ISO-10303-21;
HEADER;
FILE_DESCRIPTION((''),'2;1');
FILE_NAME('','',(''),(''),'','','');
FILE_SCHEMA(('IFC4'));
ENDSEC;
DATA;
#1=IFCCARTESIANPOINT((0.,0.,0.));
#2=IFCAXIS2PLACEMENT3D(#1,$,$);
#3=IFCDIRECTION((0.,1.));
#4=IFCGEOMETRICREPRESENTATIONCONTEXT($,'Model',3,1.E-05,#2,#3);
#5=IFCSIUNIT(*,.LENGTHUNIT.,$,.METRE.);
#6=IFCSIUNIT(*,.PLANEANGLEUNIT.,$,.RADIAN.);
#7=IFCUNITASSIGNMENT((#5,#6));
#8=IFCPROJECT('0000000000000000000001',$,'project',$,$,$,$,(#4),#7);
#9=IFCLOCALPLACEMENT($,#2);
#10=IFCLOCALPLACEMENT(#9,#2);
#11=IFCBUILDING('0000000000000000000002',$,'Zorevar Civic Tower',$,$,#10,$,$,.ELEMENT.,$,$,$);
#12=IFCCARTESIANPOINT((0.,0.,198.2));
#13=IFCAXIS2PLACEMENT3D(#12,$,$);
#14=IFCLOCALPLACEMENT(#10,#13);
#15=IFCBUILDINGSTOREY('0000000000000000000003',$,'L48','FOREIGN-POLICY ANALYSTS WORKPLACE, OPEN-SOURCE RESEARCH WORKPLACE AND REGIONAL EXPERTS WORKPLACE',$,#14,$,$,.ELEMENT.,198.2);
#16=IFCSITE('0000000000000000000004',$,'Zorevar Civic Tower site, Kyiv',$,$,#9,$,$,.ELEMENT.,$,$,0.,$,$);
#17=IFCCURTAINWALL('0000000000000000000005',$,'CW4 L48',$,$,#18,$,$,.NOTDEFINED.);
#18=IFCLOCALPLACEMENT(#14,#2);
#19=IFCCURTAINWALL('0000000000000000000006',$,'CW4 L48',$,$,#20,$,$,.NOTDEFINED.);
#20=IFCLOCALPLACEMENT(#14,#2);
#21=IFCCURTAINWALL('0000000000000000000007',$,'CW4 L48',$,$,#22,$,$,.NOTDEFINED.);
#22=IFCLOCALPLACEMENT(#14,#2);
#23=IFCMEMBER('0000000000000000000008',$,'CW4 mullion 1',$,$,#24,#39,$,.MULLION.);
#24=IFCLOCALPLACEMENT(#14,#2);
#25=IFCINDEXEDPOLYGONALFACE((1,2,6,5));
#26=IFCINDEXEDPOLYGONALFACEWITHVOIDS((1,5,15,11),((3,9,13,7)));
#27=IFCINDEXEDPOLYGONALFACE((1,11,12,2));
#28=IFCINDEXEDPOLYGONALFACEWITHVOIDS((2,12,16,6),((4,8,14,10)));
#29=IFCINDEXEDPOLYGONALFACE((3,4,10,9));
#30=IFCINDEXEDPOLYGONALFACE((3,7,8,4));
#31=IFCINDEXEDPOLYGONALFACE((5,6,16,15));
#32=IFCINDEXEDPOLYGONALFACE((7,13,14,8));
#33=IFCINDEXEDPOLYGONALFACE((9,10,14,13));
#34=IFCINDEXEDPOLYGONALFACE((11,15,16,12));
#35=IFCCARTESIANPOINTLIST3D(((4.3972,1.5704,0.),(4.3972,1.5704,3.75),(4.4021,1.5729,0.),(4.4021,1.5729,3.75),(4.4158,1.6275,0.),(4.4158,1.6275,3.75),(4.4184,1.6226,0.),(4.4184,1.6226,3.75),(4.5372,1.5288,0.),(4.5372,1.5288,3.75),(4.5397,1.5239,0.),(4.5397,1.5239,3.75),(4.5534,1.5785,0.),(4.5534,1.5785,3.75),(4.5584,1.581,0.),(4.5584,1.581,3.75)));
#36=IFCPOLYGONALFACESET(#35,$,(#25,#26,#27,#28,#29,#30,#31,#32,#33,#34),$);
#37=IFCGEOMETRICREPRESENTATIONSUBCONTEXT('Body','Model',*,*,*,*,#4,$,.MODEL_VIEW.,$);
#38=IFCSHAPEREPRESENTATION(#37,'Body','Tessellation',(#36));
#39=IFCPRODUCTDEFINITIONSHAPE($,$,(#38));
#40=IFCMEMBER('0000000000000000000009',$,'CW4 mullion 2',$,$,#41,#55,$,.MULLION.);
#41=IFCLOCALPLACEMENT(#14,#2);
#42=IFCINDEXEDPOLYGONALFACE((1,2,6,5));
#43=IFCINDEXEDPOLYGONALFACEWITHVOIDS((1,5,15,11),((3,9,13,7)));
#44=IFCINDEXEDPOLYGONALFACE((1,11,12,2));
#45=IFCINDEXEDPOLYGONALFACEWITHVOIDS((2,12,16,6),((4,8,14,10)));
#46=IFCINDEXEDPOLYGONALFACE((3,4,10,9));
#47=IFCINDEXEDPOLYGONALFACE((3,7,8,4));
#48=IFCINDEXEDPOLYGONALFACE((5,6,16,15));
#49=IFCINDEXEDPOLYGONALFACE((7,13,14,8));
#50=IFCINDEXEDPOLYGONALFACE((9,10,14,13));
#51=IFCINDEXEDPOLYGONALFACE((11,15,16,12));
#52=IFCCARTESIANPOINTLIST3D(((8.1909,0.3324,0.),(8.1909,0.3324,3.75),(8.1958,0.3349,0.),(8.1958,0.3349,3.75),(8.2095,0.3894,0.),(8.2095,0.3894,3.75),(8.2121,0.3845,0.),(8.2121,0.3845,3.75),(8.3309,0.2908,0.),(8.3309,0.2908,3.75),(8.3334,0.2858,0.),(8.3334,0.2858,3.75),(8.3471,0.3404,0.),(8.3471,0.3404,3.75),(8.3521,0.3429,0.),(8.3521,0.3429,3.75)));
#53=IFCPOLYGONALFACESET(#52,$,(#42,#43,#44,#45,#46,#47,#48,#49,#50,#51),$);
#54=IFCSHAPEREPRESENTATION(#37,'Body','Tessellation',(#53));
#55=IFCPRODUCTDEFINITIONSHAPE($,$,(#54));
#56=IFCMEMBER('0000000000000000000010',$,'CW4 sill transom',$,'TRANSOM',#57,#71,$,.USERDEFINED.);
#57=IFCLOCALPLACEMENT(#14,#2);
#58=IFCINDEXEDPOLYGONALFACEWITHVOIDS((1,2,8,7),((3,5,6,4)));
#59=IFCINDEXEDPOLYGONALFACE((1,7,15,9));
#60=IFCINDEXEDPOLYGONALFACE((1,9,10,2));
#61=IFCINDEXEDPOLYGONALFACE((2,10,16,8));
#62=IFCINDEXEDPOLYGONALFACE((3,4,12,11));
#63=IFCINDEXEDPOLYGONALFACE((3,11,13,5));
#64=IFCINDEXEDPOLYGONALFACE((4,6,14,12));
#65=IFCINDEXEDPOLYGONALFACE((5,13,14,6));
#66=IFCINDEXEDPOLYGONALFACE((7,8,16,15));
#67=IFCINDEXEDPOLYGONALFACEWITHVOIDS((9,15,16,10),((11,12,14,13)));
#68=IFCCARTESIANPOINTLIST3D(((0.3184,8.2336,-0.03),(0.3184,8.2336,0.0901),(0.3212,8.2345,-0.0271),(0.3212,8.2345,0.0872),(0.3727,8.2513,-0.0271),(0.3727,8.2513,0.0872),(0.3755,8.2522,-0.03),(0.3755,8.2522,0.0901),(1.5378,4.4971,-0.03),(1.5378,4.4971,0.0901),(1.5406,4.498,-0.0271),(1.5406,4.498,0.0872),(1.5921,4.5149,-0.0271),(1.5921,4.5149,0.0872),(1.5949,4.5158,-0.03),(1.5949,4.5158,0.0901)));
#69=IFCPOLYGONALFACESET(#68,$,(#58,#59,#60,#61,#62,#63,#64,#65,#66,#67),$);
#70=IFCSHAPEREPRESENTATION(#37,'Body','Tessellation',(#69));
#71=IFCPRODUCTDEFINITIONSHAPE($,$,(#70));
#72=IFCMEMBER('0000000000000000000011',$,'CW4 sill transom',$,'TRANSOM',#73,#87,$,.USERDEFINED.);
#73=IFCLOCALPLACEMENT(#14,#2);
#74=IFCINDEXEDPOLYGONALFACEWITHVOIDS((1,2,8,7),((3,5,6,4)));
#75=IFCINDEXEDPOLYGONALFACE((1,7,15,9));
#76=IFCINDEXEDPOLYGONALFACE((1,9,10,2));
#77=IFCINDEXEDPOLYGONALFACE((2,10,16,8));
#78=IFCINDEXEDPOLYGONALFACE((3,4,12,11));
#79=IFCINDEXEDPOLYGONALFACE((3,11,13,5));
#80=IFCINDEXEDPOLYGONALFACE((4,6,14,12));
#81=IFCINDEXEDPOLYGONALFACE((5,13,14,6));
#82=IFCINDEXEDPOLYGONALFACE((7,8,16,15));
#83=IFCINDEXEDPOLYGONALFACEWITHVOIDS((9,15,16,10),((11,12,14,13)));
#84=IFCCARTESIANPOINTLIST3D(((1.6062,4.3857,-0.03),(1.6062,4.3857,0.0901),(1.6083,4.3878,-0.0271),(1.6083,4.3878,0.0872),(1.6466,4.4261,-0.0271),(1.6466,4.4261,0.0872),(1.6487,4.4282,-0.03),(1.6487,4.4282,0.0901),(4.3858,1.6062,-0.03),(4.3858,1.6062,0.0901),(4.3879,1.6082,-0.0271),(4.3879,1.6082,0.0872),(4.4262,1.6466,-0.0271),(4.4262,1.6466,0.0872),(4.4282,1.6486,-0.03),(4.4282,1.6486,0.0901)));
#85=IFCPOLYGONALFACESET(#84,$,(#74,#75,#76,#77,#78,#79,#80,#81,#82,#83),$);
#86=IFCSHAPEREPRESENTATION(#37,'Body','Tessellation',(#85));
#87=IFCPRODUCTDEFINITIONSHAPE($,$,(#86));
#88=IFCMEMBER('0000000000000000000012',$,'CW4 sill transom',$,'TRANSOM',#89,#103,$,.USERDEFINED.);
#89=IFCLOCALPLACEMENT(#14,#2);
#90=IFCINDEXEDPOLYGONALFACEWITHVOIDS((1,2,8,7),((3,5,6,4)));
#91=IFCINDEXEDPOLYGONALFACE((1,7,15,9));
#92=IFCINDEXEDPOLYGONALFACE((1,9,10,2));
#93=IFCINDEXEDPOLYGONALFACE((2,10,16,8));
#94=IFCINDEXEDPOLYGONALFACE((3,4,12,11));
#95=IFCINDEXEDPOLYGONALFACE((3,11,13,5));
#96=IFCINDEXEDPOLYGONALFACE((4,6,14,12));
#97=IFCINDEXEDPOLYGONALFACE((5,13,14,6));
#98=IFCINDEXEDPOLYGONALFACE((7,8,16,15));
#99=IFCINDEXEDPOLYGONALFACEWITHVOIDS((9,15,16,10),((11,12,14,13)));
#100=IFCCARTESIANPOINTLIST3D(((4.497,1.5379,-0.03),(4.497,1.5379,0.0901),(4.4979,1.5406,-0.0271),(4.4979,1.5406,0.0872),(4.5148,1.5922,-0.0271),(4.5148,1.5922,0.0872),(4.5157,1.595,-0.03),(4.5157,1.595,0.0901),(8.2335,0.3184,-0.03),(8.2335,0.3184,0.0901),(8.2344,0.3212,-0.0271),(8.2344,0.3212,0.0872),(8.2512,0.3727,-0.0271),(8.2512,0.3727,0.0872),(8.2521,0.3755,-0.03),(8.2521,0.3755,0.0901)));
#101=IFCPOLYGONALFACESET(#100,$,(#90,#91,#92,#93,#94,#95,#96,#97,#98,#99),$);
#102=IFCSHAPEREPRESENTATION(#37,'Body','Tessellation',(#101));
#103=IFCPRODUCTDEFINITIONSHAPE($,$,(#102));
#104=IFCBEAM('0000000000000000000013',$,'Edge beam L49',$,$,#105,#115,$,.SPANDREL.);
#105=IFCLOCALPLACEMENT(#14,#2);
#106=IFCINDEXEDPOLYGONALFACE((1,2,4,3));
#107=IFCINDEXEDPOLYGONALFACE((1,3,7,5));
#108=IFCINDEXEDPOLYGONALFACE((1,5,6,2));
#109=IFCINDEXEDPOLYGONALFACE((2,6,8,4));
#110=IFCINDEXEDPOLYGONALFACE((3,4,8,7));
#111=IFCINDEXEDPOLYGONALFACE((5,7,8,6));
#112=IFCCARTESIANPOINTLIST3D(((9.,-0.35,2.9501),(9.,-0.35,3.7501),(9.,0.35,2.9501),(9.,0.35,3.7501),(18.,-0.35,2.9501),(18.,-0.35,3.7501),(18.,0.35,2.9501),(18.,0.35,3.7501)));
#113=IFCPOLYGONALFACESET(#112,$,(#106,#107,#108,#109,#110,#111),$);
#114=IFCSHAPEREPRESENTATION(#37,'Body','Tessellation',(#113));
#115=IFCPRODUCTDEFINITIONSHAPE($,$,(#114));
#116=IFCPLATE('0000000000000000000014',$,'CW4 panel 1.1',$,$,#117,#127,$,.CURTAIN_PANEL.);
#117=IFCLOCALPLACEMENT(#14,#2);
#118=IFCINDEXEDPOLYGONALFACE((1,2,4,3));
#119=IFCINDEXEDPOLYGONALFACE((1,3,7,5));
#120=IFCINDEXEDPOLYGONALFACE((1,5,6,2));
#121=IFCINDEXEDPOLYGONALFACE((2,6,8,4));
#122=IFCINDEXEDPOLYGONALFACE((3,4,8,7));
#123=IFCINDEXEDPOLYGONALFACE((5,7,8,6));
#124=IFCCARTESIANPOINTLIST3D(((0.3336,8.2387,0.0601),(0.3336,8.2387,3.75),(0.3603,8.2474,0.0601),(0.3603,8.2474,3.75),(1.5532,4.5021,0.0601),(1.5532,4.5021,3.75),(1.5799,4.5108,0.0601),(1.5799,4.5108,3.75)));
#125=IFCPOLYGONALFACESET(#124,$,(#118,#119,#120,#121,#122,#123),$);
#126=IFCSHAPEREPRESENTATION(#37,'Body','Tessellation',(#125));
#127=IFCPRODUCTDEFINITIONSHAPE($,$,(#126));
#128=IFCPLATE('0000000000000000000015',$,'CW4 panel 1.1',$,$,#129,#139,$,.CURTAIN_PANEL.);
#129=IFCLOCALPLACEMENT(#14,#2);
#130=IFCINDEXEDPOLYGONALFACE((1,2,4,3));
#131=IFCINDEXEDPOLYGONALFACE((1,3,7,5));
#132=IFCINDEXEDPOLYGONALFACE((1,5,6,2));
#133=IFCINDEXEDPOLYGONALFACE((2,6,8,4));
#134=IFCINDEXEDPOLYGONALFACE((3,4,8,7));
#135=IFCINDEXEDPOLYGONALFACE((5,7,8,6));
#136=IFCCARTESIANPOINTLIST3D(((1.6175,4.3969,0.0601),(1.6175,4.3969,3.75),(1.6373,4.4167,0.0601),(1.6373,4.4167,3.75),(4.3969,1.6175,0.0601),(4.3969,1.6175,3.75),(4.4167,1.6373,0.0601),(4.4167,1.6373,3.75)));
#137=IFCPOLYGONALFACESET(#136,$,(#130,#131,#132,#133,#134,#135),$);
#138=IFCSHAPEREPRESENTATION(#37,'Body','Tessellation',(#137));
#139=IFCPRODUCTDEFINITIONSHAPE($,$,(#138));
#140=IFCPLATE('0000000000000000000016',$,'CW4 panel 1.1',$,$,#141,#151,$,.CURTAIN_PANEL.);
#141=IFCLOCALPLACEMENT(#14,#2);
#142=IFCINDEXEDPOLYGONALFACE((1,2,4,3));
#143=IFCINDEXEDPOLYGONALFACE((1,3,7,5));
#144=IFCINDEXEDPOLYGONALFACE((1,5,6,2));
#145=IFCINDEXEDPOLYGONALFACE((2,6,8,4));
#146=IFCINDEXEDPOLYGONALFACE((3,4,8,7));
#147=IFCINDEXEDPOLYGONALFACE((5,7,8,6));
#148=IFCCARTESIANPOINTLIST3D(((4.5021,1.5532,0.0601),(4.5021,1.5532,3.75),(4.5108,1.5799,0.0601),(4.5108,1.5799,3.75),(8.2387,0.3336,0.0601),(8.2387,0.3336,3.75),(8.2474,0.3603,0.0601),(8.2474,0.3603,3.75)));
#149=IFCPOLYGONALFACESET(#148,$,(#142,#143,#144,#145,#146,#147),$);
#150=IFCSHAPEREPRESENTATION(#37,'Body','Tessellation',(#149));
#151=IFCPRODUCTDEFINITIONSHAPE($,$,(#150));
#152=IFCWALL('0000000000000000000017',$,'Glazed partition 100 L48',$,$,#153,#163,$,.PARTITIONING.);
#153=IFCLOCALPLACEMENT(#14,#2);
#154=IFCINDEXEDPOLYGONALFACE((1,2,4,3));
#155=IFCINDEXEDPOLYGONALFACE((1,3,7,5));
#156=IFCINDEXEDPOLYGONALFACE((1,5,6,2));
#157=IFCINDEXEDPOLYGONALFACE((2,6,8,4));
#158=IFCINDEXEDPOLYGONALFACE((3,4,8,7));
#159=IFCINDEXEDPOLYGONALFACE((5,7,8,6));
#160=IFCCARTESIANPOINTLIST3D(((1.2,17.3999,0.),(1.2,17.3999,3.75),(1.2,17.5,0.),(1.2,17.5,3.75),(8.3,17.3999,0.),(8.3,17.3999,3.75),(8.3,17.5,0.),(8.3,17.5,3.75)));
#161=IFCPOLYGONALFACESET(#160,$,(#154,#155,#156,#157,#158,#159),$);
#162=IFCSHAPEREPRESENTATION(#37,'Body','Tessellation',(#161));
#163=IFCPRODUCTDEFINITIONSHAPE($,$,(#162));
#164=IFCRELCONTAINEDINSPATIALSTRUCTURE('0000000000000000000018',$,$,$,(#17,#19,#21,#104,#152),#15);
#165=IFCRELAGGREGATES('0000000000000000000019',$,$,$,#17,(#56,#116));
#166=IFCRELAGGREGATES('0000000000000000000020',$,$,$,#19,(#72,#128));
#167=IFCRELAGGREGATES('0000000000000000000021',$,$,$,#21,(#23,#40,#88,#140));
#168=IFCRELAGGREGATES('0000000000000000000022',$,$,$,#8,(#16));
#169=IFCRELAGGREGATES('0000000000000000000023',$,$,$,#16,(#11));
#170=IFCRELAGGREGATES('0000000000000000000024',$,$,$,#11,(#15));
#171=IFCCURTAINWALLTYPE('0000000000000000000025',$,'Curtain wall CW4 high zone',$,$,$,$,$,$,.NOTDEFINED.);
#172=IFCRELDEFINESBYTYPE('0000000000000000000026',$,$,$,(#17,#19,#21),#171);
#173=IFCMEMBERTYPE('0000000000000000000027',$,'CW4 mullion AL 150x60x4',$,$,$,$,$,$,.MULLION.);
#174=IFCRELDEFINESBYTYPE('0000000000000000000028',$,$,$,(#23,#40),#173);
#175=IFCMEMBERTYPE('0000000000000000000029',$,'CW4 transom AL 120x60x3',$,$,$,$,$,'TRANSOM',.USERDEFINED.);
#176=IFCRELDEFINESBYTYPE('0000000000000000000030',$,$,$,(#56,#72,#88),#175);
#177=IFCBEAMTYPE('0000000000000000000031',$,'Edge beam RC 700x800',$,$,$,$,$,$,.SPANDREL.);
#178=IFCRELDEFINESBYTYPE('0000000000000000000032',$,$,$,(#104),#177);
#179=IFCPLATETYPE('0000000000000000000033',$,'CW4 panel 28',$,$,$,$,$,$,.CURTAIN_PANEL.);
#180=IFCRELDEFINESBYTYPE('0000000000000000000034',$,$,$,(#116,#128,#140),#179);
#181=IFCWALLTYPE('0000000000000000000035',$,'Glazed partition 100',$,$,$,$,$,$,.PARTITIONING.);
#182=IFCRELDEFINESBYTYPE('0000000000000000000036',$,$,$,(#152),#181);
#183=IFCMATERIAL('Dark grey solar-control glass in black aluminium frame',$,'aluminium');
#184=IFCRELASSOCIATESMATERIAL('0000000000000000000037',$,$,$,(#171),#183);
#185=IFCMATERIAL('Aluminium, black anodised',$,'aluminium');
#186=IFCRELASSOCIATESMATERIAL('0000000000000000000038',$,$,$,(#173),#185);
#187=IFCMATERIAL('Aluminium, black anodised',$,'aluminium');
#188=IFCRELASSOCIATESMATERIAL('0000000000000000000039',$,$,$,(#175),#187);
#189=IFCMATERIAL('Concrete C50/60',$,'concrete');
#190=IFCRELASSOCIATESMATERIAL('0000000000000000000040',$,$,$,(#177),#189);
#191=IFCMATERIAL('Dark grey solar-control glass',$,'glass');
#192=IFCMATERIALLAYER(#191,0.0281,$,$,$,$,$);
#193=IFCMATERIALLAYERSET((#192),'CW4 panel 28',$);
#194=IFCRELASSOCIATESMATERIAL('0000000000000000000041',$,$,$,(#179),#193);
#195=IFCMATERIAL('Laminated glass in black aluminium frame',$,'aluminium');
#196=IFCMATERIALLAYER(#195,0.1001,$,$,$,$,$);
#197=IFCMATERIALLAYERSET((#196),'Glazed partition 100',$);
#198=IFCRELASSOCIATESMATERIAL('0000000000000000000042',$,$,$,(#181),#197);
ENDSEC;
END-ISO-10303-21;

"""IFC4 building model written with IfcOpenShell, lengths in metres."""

from ifc_helpers import new_model, si_unit, direction, frame, frame_2d, origin, origin_2d, place, context, subcontext, project, spatial, rectangle, hollow_rectangle, extrude, material, layer, layer_set, material_profile, profile_set, type_object, element, aggregate, save


model = new_model("IFC4")

# Units and contexts
model_context = context("Model", 3, precision=1e-05, world=origin(), true_north=direction((0.0, 1.0)))
body_context = subcontext(model_context, "Body", "Model", "MODEL_VIEW")
ifc_project = project(units=[si_unit("LENGTHUNIT", "METRE"), si_unit("PLANEANGLEUNIT", "RADIAN")], contexts=[model_context])

# Site, building, storey
site_placement = place(None, origin())
site = spatial("IfcSite", under=ifc_project, at=site_placement, Name="Zorevar Civic Tower site, Kyiv", CompositionType="ELEMENT", RefElevation=0.0)
building_placement = place(site_placement, origin())
building = spatial("IfcBuilding", under=site, at=building_placement, Name="Zorevar Civic Tower", CompositionType="ELEMENT")
storey_placement = place(building_placement, frame((0.0, 0.0, 198.2)))
storey = spatial("IfcBuildingStorey", under=building, at=storey_placement, Name="L48", Description="FOREIGN-POLICY ANALYSTS WORKPLACE, OPEN-SOURCE RESEARCH WORKPLACE AND REGIONAL EXPERTS WORKPLACE", CompositionType="ELEMENT", Elevation=198.2)

# Shared definitions
ifc_material_1 = material(Name="Dark grey solar-control glass in black aluminium frame", Category="aluminium")
curtain_wall_type = type_object("IfcCurtainWallType", Name="Curtain wall CW4 high zone", PredefinedType="NOTDEFINED", material=ifc_material_1)
ifc_material_2 = material(Name="Aluminium, black anodised", Category="aluminium")
ifc_material_profile_1 = material_profile(ifc_material_2, hollow_rectangle(XDim=0.0601, YDim=0.1499, WallThickness=0.0039, at=origin_2d()), Name="AL 150x60x4")
ifc_profile_set_1 = profile_set([ifc_material_profile_1], Name="Aluminium, black anodised")
member_type_1 = type_object("IfcMemberType", Name="CW4 mullion AL 150x60x4", PredefinedType="MULLION", material=ifc_profile_set_1)

# Curtain walls, members
curtain_wall_1_placement = place(storey_placement, origin())
curtain_wall_1 = element("IfcCurtainWall", 1, at=curtain_wall_1_placement, inside=storey, type_object=curtain_wall_type, Name="CW4 L48", PredefinedType="NOTDEFINED")
curtain_wall_2_placement = place(storey_placement, origin())
curtain_wall_2 = element("IfcCurtainWall", 2, at=curtain_wall_2_placement, inside=storey, type_object=curtain_wall_type, Name="CW4 L48", PredefinedType="NOTDEFINED")
curtain_wall_3_placement = place(storey_placement, origin())
curtain_wall_3 = element("IfcCurtainWall", 3, at=curtain_wall_3_placement, inside=storey, type_object=curtain_wall_type, Name="CW4 L48", PredefinedType="NOTDEFINED")
member_1_placement = place(storey_placement, frame((4.4778, 1.5757, 0.0), z_axis=(0.0, 0.0, 1.0), x_axis=(0.310281, 0.950645, 0.0)))
member_1 = element("IfcMember", 4, at=member_1_placement, type_object=member_type_1, Name="CW4 mullion 1", PredefinedType="MULLION", context=body_context, shape_type="SweptSolid", body=[
    extrude(hollow_rectangle(XDim=0.0601, YDim=0.1499, WallThickness=0.0039, at=origin_2d()), origin(), (0.0, 0.0, 1.0), 3.75),
])
member_2_placement = place(storey_placement, frame((8.2715, 0.3376, 0.0), z_axis=(0.0, 0.0, 1.0), x_axis=(0.310281, 0.950645, 0.0)))
member_2 = element("IfcMember", 5, at=member_2_placement, type_object=member_type_1, Name="CW4 mullion 2", PredefinedType="MULLION", context=body_context, shape_type="SweptSolid", body=[
    extrude(hollow_rectangle(XDim=0.0601, YDim=0.1499, WallThickness=0.0039, at=origin_2d()), origin(), (0.0, 0.0, 1.0), 3.75),
])

# Members
ifc_material_3 = material(Name="Aluminium, black anodised", Category="aluminium")
ifc_material_profile_2 = material_profile(ifc_material_3, hollow_rectangle(XDim=0.0601, YDim=0.1201, WallThickness=0.0029, at=origin_2d()), Name="AL 120x60x3")
ifc_profile_set_2 = profile_set([ifc_material_profile_2], Name="Aluminium, black anodised")
member_type_2 = type_object("IfcMemberType", Name="CW4 transom AL 120x60x3", ElementType="TRANSOM", PredefinedType="USERDEFINED", material=ifc_profile_set_2)
member_3_placement = place(storey_placement, frame((0.3469, 8.2429, 0.03), z_axis=(0.310259, -0.950652, 0.0), x_axis=(0.950652, 0.310259, 0.0)))
member_3 = element("IfcMember", 6, at=member_3_placement, type_object=member_type_2, Name="CW4 sill transom", ObjectType="TRANSOM", PredefinedType="USERDEFINED", context=body_context, shape_type="SweptSolid", body=[
    extrude(hollow_rectangle(XDim=0.0601, YDim=0.1201, WallThickness=0.0029, at=origin_2d()), origin(), (0.0, 0.0, 1.0), 3.9304),
])
member_4_placement = place(storey_placement, frame((1.6274, 4.407, 0.03), z_axis=(0.707107, -0.707107, 0.0), x_axis=(0.707107, 0.707107, 0.0)))
member_4 = element("IfcMember", 7, at=member_4_placement, type_object=member_type_2, Name="CW4 sill transom", ObjectType="TRANSOM", PredefinedType="USERDEFINED", context=body_context, shape_type="SweptSolid", body=[
    extrude(hollow_rectangle(XDim=0.0601, YDim=0.1201, WallThickness=0.0029, at=origin_2d()), origin(), (0.0, 0.0, 1.0), 3.9309),
])
member_5_placement = place(storey_placement, frame((4.5063, 1.5664, 0.03), z_axis=(0.950652, -0.310259, 0.0), x_axis=(0.310259, 0.950652, 0.0)))
member_5 = element("IfcMember", 8, at=member_5_placement, type_object=member_type_2, Name="CW4 sill transom", ObjectType="TRANSOM", PredefinedType="USERDEFINED", context=body_context, shape_type="SweptSolid", body=[
    extrude(hollow_rectangle(XDim=0.0601, YDim=0.1201, WallThickness=0.0029, at=origin_2d()), origin(), (0.0, 0.0, 1.0), 3.9304),
])

# Beam
ifc_material_4 = material(Name="Concrete C50/60", Category="concrete")
ifc_material_profile_3 = material_profile(ifc_material_4, rectangle(XDim=0.7, YDim=0.8, at=origin_2d()), Name="RC 700x800")
ifc_profile_set_3 = profile_set([ifc_material_profile_3], Name="Concrete C50/60")
beam_type_1 = type_object("IfcBeamType", Name="Edge beam RC 700x800", PredefinedType="SPANDREL", material=ifc_profile_set_3)
beam_1_placement = place(storey_placement, frame((9.0, 0.0, 3.3501), z_axis=(1.0, 0.0, 0.0), x_axis=(0.0, 1.0, 0.0)))
element("IfcBeam", 9, at=beam_1_placement, inside=storey, type_object=beam_type_1, Name="Edge beam L49", PredefinedType="SPANDREL", context=body_context, shape_type="SweptSolid", body=[
    extrude(rectangle(XDim=0.7, YDim=0.8, at=origin_2d()), origin(), (0.0, 0.0, 1.0), 9.0),
])

# Plates
ifc_material_5 = material(Name="Dark grey solar-control glass", Category="glass")
ifc_layer_1 = layer(ifc_material_5, 0.0281)
ifc_layer_set_1 = layer_set([ifc_layer_1], Name="CW4 panel 28")
plate_type = type_object("IfcPlateType", Name="CW4 panel 28", PredefinedType="CURTAIN_PANEL", material=ifc_layer_set_1)
plate_1_placement = place(storey_placement, frame((0.9568, 6.3748, 0.0601), z_axis=(0.0, 0.0, 1.0), x_axis=(0.310281, -0.950645, 0.0)))
plate_1 = element("IfcPlate", 10, at=plate_1_placement, type_object=plate_type, Name="CW4 panel 1.1", PredefinedType="CURTAIN_PANEL", context=body_context, shape_type="SweptSolid", body=[
    extrude(rectangle(XDim=3.9307, YDim=0.0281, at=origin_2d()), origin(), (0.0, 0.0, 1.0), 3.6899),
])
aggregate(curtain_wall_1, [member_3, plate_1])
plate_2_placement = place(storey_placement, frame((3.0171, 3.0171, 0.0601), z_axis=(0.0, 0.0, 1.0), x_axis=(0.707107, -0.707107, 0.0)))
plate_2 = element("IfcPlate", 11, at=plate_2_placement, type_object=plate_type, Name="CW4 panel 1.1", PredefinedType="CURTAIN_PANEL", context=body_context, shape_type="SweptSolid", body=[
    extrude(rectangle(XDim=3.9307, YDim=0.0281, at=origin_2d()), origin(), (0.0, 0.0, 1.0), 3.6899),
])
aggregate(curtain_wall_2, [member_4, plate_2])
plate_3_placement = place(storey_placement, frame((6.3748, 0.9568, 0.0601), z_axis=(0.0, 0.0, 1.0), x_axis=(0.950645, -0.310281, 0.0)))
plate_3 = element("IfcPlate", 12, at=plate_3_placement, type_object=plate_type, Name="CW4 panel 1.1", PredefinedType="CURTAIN_PANEL", context=body_context, shape_type="SweptSolid", body=[
    extrude(rectangle(XDim=3.9307, YDim=0.0281, at=origin_2d()), origin(), (0.0, 0.0, 1.0), 3.6899),
])
aggregate(curtain_wall_3, [member_1, member_2, member_5, plate_3])

# Wall
ifc_material_6 = material(Name="Laminated glass in black aluminium frame", Category="aluminium")
ifc_layer_2 = layer(ifc_material_6, 0.1001)
ifc_layer_set_2 = layer_set([ifc_layer_2], Name="Glazed partition 100")
wall_type = type_object("IfcWallType", Name="Glazed partition 100", PredefinedType="PARTITIONING", material=ifc_layer_set_2)
wall_placement = place(storey_placement, frame((1.2, 17.45, 0.0), z_axis=(0.0, 0.0, 1.0), x_axis=(1.0, 0.0, 0.0)))
element("IfcWall", 13, at=wall_placement, inside=storey, type_object=wall_type, Name="Glazed partition 100 L48", PredefinedType="PARTITIONING", context=body_context, shape_type="SweptSolid", body=[
    extrude(rectangle(XDim=7.1001, YDim=0.1001, at=frame_2d((3.55, 0.0))), origin(), (0.0, 0.0, 1.0), 3.75),
])

save(model, "model.ifc")
